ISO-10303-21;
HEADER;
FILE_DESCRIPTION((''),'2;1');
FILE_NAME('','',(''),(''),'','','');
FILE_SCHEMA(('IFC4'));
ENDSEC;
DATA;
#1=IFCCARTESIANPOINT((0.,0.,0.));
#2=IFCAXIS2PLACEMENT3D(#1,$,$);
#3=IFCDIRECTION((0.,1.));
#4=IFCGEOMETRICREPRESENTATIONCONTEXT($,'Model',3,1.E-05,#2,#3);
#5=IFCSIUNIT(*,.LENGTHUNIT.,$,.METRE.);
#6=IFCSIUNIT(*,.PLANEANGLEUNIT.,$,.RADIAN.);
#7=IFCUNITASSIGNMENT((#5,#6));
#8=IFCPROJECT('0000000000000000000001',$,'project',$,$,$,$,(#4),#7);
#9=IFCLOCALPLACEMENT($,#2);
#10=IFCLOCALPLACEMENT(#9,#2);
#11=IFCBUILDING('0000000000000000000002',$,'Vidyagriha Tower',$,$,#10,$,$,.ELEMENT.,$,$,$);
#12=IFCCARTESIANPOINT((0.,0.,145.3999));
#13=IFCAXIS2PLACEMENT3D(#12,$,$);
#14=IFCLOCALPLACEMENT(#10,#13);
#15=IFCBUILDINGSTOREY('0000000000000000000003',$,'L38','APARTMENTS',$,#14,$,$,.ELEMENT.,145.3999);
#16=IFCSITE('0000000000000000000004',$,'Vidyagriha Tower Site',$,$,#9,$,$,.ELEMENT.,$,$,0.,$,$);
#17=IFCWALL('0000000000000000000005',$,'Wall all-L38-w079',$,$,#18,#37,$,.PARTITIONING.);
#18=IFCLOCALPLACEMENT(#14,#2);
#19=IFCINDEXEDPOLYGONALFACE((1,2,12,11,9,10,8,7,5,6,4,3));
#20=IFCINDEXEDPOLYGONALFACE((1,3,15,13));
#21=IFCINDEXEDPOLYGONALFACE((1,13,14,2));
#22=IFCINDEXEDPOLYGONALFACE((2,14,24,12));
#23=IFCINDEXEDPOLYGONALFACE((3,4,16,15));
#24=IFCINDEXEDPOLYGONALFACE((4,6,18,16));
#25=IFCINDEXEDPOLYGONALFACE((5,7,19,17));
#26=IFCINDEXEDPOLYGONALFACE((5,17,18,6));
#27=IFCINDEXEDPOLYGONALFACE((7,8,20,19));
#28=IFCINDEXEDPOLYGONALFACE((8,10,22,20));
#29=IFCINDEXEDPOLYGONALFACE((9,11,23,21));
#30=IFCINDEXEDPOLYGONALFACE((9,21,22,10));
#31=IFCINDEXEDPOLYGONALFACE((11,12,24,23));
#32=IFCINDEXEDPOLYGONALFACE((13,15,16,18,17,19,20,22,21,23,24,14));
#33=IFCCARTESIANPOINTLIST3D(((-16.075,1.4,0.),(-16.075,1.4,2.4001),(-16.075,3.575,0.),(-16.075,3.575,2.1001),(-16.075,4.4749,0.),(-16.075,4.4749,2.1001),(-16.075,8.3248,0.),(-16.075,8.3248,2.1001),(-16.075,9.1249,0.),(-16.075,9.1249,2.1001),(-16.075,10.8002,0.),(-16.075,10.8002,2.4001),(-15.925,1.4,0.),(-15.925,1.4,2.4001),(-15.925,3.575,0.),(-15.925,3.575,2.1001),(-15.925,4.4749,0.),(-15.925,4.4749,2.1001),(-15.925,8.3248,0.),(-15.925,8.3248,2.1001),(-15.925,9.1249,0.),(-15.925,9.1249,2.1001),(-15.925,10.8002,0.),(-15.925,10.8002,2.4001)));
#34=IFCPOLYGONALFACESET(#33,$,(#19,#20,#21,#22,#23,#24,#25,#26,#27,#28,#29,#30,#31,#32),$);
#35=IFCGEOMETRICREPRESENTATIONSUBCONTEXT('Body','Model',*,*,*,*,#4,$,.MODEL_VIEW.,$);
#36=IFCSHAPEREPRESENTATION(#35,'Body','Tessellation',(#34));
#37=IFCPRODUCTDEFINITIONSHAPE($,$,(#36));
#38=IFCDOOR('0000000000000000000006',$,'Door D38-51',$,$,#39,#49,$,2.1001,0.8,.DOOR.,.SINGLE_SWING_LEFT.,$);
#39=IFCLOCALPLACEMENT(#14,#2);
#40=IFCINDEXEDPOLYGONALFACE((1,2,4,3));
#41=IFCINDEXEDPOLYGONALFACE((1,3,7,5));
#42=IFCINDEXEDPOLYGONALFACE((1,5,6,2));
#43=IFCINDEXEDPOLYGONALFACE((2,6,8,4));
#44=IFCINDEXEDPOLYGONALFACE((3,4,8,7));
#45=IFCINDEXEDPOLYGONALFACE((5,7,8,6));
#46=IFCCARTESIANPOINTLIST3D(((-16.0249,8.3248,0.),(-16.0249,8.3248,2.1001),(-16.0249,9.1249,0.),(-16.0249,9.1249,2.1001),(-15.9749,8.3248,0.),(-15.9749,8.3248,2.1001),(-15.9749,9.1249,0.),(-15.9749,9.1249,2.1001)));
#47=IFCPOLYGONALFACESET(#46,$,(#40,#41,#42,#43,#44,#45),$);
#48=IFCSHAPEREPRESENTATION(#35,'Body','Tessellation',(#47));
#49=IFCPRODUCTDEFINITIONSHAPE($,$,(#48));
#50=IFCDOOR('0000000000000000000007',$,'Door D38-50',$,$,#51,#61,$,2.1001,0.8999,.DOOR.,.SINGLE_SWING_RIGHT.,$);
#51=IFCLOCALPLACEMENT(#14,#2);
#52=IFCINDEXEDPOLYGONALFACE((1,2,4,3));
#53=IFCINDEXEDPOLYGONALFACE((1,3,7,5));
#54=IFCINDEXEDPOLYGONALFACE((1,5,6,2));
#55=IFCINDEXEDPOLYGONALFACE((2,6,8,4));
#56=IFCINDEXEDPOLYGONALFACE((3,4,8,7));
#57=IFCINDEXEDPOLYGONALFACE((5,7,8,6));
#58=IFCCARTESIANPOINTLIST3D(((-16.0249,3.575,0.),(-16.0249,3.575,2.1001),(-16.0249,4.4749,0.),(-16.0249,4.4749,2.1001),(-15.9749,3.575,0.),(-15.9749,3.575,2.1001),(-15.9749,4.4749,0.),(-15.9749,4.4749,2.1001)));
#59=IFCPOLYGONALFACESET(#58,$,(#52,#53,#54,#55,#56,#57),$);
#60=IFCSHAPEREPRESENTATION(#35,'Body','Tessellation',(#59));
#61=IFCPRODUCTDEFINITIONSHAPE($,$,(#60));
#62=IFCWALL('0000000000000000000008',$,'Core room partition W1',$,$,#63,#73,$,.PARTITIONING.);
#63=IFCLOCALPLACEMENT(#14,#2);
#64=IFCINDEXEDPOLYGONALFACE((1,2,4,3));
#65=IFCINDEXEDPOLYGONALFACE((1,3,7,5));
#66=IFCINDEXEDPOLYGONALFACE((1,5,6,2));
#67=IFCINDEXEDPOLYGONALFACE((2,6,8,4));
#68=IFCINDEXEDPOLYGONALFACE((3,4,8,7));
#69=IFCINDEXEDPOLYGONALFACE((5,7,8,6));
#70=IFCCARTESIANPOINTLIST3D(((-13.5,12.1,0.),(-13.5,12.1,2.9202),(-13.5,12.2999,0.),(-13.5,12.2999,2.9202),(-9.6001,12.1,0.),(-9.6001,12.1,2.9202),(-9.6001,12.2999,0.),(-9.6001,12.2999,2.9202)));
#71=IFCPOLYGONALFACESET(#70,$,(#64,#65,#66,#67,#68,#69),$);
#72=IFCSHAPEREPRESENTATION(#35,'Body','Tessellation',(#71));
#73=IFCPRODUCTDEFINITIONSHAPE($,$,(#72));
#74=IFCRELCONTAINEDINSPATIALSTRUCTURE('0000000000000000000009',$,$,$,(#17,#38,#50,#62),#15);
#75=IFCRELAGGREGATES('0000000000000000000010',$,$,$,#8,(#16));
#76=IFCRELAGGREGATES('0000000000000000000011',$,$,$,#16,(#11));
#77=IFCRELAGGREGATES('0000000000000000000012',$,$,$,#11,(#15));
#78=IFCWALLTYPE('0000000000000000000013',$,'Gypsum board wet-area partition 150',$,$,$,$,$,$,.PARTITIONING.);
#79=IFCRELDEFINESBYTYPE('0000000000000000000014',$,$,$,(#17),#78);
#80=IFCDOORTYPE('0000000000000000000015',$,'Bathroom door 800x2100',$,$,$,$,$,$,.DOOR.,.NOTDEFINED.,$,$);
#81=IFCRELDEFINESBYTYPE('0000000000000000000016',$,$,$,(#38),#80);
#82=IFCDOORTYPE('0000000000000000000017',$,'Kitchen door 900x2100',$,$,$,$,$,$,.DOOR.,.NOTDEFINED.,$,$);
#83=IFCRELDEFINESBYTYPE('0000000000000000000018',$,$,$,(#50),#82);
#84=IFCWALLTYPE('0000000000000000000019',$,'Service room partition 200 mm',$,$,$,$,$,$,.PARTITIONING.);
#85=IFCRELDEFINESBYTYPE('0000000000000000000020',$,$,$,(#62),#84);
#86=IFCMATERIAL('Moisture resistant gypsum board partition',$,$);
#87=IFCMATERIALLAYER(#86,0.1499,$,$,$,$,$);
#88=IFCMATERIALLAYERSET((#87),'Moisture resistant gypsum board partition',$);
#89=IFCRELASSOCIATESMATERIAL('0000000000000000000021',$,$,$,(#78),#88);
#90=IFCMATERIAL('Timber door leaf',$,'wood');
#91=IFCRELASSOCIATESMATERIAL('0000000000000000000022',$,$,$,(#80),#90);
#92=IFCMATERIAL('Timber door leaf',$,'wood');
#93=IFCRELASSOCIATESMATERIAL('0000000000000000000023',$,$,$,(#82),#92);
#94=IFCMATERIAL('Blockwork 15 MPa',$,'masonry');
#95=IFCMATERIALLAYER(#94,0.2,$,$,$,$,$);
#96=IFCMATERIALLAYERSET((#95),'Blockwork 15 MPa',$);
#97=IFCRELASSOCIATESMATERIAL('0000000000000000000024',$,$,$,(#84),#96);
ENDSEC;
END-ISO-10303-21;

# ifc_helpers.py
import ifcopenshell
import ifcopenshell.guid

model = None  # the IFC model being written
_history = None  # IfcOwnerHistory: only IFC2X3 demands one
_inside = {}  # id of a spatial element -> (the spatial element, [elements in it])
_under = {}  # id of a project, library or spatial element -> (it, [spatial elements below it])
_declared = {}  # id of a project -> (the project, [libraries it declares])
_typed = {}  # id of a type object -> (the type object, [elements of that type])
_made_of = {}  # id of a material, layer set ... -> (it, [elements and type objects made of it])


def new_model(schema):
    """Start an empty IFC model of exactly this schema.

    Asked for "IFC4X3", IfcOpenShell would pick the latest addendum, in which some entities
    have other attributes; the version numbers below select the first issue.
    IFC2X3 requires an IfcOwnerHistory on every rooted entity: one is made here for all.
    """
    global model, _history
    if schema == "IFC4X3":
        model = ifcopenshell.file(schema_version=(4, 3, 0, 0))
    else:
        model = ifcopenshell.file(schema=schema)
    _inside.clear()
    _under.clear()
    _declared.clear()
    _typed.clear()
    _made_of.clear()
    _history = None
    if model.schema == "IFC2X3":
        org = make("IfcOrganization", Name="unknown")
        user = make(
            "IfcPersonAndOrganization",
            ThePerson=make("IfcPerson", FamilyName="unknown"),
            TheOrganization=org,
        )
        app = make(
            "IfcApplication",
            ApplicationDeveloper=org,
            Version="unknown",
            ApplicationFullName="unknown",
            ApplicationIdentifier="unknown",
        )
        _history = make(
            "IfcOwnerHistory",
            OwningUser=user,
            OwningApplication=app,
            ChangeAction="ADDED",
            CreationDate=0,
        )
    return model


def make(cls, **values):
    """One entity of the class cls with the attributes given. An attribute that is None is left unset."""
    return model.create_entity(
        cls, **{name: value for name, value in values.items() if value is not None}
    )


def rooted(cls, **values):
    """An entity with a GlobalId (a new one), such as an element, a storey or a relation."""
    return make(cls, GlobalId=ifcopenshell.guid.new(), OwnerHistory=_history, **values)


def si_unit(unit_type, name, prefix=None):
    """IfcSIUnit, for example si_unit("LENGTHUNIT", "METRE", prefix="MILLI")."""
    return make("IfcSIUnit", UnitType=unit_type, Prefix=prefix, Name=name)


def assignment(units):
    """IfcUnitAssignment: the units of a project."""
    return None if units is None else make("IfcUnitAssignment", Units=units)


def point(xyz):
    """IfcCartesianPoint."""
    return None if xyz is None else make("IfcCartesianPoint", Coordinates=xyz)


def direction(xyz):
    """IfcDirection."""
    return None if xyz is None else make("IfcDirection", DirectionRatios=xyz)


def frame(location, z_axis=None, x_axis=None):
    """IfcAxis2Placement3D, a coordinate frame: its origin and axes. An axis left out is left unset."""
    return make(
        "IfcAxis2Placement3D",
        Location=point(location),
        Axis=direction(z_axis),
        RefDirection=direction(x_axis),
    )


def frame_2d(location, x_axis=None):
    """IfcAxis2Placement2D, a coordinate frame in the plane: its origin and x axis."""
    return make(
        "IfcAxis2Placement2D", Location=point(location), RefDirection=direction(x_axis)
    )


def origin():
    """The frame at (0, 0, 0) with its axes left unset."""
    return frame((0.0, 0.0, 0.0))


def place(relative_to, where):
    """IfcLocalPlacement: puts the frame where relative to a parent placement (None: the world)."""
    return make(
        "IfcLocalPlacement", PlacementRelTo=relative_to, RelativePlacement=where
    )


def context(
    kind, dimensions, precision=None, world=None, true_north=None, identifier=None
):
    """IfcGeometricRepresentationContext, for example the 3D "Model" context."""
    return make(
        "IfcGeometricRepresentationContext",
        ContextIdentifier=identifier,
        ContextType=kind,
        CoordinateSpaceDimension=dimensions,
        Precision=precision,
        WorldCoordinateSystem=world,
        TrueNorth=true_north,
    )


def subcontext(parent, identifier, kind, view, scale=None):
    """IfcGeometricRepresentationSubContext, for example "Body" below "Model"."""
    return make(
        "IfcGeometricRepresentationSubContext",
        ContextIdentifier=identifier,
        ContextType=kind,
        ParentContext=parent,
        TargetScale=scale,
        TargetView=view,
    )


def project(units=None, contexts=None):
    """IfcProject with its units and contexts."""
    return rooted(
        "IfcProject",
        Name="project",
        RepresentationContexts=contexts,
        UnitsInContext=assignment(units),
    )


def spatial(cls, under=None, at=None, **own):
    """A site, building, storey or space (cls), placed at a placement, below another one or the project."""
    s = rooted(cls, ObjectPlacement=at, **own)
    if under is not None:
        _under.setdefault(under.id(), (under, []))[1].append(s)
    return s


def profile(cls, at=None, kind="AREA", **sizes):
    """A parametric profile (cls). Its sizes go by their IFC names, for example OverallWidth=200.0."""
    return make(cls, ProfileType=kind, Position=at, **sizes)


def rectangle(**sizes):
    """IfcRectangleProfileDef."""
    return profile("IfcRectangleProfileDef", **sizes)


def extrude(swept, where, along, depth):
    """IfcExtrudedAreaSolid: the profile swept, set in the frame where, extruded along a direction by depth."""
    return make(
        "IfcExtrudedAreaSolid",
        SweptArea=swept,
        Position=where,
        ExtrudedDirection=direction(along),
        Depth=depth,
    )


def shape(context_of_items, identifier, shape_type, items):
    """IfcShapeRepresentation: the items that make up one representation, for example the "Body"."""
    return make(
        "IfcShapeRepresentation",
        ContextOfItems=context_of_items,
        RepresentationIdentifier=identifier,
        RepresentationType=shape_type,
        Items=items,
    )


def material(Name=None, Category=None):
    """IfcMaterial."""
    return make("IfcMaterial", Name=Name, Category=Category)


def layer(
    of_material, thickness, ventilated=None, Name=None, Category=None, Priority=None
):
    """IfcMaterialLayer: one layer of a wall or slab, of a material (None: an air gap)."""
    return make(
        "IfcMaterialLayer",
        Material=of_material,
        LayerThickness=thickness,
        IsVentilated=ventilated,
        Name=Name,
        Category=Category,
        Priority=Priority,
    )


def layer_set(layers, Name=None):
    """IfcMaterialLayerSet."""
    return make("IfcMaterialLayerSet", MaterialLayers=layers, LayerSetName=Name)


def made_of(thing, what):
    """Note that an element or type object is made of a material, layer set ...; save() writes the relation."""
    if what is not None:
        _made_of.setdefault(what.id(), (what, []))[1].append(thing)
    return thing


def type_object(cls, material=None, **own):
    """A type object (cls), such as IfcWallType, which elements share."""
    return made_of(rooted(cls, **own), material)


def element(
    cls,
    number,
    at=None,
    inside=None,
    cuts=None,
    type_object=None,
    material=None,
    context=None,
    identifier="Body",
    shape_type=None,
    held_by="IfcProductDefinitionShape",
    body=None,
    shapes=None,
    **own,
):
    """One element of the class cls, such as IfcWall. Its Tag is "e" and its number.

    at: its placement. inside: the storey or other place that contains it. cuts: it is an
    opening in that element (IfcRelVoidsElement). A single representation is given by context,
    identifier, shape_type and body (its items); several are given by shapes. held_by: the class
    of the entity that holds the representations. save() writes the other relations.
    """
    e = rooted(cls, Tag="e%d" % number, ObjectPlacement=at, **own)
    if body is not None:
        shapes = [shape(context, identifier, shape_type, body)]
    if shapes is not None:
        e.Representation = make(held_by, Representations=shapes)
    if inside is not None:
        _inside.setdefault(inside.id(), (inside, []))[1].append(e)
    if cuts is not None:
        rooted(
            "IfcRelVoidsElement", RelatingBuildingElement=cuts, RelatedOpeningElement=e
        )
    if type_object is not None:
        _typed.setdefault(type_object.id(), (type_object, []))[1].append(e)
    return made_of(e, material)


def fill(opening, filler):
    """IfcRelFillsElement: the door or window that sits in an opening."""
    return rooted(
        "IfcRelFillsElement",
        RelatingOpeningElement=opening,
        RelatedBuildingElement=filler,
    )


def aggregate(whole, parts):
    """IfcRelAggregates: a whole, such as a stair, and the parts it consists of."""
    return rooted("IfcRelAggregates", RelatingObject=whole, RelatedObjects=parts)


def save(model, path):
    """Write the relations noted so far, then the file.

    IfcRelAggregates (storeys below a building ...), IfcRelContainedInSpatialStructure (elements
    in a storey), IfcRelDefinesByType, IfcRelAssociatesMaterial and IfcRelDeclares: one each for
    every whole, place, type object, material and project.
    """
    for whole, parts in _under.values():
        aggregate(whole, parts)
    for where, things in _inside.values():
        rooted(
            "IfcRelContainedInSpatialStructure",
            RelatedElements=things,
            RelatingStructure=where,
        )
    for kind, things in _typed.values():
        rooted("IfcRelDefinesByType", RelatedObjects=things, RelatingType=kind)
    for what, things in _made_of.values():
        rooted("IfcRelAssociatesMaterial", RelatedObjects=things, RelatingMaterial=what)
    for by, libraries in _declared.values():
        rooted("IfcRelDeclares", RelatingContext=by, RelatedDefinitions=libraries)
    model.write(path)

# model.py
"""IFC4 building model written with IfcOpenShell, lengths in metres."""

from ifc_helpers import new_model, si_unit, direction, frame, frame_2d, origin, place, context, subcontext, project, spatial, rectangle, extrude, material, layer, layer_set, type_object, element, fill, save


model = new_model("IFC4")

# Units and contexts
model_context = context("Model", 3, precision=1e-05, world=origin(), true_north=direction((0.0, 1.0)))
body_context = subcontext(model_context, "Body", "Model", "MODEL_VIEW")
ifc_project = project(units=[si_unit("LENGTHUNIT", "METRE"), si_unit("PLANEANGLEUNIT", "RADIAN")], contexts=[model_context])

# Site, building, storey
site_placement = place(None, origin())
site = spatial("IfcSite", under=ifc_project, at=site_placement, Name="Vidyagriha Tower Site", CompositionType="ELEMENT", RefElevation=0.0)
building_placement = place(site_placement, origin())
building = spatial("IfcBuilding", under=site, at=building_placement, Name="Vidyagriha Tower", CompositionType="ELEMENT")
storey_placement = place(building_placement, frame((0.0, 0.0, 145.3999)))
storey = spatial("IfcBuildingStorey", under=building, at=storey_placement, Name="L38", Description="APARTMENTS", CompositionType="ELEMENT", Elevation=145.3999)

# Wall, openings, doors
ifc_material_1 = material(Name="Moisture resistant gypsum board partition")
ifc_layer_1 = layer(ifc_material_1, 0.1499)
ifc_layer_set_1 = layer_set([ifc_layer_1], Name="Moisture resistant gypsum board partition")
wall_type_1 = type_object("IfcWallType", Name="Gypsum board wet-area partition 150", PredefinedType="PARTITIONING", material=ifc_layer_set_1)
wall_1_placement = place(storey_placement, frame((-16.0, 1.3999, 0.0), z_axis=(0.0, 0.0, 1.0), x_axis=(0.0, 1.0, 0.0)))
wall_1 = element("IfcWall", 1, at=wall_1_placement, inside=storey, type_object=wall_type_1, Name="Wall all-L38-w079", PredefinedType="PARTITIONING", context=body_context, shape_type="SweptSolid", body=[
    extrude(rectangle(XDim=9.4001, YDim=0.1499, at=frame_2d((4.7002, 0.0))), origin(), (0.0, 0.0, 1.0), 2.4001),
])
opening_1_placement = place(wall_1_placement, frame((2.175, 0.0, 0.0)))
opening_1 = element("IfcOpeningElement", 2, at=opening_1_placement, cuts=wall_1, PredefinedType="OPENING", context=body_context, shape_type="SweptSolid", body=[
    extrude(rectangle(XDim=0.8999, YDim=2.1001, at=frame_2d((0.45, 1.05))), frame((0.0, 0.085, 0.0), z_axis=(0.0, -1.0, 0.0), x_axis=(1.0, 0.0, 0.0)), (0.0, 0.0, 1.0), 0.1699),
])
opening_2_placement = place(wall_1_placement, frame((6.925, 0.0, 0.0)))
opening_2 = element("IfcOpeningElement", 3, at=opening_2_placement, cuts=wall_1, PredefinedType="OPENING", context=body_context, shape_type="SweptSolid", body=[
    extrude(rectangle(XDim=0.8, YDim=2.1001, at=frame_2d((0.3999, 1.05))), frame((0.0, 0.085, 0.0), z_axis=(0.0, -1.0, 0.0), x_axis=(1.0, 0.0, 0.0)), (0.0, 0.0, 1.0), 0.1699),
])
ifc_material_2 = material(Name="Timber door leaf", Category="wood")
door_type_1 = type_object("IfcDoorType", Name="Bathroom door 800x2100", OperationType="NOTDEFINED", PredefinedType="DOOR", material=ifc_material_2)
door_1_placement = place(opening_2_placement, origin())
door_1 = element("IfcDoor", 4, at=door_1_placement, inside=storey, type_object=door_type_1, Name="Door D38-51", OperationType="SINGLE_SWING_LEFT", OverallHeight=2.1001, OverallWidth=0.8, PredefinedType="DOOR", context=body_context, shape_type="SweptSolid", body=[
    extrude(rectangle(XDim=0.8, YDim=2.1001, at=frame_2d((0.3999, 1.05))), frame((0.0, 0.0249, 0.0), z_axis=(0.0, -1.0, 0.0), x_axis=(1.0, 0.0, 0.0)), (0.0, 0.0, 1.0), 0.05),
])
fill(opening_2, door_1)
ifc_material_3 = material(Name="Timber door leaf", Category="wood")
door_type_2 = type_object("IfcDoorType", Name="Kitchen door 900x2100", OperationType="NOTDEFINED", PredefinedType="DOOR", material=ifc_material_3)
door_2_placement = place(opening_1_placement, origin())
door_2 = element("IfcDoor", 5, at=door_2_placement, inside=storey, type_object=door_type_2, Name="Door D38-50", OperationType="SINGLE_SWING_RIGHT", OverallHeight=2.1001, OverallWidth=0.8999, PredefinedType="DOOR", context=body_context, shape_type="SweptSolid", body=[
    extrude(rectangle(XDim=0.8999, YDim=2.1001, at=frame_2d((0.45, 1.05))), frame((0.0, 0.0249, 0.0), z_axis=(0.0, -1.0, 0.0), x_axis=(1.0, 0.0, 0.0)), (0.0, 0.0, 1.0), 0.05),
])
fill(opening_1, door_2)

# Wall
ifc_material_4 = material(Name="Blockwork 15 MPa", Category="masonry")
ifc_layer_2 = layer(ifc_material_4, 0.2)
ifc_layer_set_2 = layer_set([ifc_layer_2], Name="Blockwork 15 MPa")
wall_type_2 = type_object("IfcWallType", Name="Service room partition 200 mm", PredefinedType="PARTITIONING", material=ifc_layer_set_2)
wall_2_placement = place(storey_placement, frame((-13.5, 12.2, 0.0)))
element("IfcWall", 6, at=wall_2_placement, inside=storey, type_object=wall_type_2, Name="Core room partition W1", PredefinedType="PARTITIONING", context=body_context, shape_type="SweptSolid", body=[
    extrude(rectangle(XDim=3.8999, YDim=0.2, at=frame_2d((1.95, 0.0))), origin(), (0.0, 0.0, 1.0), 2.9202),
])

save(model, "model.ifc")
